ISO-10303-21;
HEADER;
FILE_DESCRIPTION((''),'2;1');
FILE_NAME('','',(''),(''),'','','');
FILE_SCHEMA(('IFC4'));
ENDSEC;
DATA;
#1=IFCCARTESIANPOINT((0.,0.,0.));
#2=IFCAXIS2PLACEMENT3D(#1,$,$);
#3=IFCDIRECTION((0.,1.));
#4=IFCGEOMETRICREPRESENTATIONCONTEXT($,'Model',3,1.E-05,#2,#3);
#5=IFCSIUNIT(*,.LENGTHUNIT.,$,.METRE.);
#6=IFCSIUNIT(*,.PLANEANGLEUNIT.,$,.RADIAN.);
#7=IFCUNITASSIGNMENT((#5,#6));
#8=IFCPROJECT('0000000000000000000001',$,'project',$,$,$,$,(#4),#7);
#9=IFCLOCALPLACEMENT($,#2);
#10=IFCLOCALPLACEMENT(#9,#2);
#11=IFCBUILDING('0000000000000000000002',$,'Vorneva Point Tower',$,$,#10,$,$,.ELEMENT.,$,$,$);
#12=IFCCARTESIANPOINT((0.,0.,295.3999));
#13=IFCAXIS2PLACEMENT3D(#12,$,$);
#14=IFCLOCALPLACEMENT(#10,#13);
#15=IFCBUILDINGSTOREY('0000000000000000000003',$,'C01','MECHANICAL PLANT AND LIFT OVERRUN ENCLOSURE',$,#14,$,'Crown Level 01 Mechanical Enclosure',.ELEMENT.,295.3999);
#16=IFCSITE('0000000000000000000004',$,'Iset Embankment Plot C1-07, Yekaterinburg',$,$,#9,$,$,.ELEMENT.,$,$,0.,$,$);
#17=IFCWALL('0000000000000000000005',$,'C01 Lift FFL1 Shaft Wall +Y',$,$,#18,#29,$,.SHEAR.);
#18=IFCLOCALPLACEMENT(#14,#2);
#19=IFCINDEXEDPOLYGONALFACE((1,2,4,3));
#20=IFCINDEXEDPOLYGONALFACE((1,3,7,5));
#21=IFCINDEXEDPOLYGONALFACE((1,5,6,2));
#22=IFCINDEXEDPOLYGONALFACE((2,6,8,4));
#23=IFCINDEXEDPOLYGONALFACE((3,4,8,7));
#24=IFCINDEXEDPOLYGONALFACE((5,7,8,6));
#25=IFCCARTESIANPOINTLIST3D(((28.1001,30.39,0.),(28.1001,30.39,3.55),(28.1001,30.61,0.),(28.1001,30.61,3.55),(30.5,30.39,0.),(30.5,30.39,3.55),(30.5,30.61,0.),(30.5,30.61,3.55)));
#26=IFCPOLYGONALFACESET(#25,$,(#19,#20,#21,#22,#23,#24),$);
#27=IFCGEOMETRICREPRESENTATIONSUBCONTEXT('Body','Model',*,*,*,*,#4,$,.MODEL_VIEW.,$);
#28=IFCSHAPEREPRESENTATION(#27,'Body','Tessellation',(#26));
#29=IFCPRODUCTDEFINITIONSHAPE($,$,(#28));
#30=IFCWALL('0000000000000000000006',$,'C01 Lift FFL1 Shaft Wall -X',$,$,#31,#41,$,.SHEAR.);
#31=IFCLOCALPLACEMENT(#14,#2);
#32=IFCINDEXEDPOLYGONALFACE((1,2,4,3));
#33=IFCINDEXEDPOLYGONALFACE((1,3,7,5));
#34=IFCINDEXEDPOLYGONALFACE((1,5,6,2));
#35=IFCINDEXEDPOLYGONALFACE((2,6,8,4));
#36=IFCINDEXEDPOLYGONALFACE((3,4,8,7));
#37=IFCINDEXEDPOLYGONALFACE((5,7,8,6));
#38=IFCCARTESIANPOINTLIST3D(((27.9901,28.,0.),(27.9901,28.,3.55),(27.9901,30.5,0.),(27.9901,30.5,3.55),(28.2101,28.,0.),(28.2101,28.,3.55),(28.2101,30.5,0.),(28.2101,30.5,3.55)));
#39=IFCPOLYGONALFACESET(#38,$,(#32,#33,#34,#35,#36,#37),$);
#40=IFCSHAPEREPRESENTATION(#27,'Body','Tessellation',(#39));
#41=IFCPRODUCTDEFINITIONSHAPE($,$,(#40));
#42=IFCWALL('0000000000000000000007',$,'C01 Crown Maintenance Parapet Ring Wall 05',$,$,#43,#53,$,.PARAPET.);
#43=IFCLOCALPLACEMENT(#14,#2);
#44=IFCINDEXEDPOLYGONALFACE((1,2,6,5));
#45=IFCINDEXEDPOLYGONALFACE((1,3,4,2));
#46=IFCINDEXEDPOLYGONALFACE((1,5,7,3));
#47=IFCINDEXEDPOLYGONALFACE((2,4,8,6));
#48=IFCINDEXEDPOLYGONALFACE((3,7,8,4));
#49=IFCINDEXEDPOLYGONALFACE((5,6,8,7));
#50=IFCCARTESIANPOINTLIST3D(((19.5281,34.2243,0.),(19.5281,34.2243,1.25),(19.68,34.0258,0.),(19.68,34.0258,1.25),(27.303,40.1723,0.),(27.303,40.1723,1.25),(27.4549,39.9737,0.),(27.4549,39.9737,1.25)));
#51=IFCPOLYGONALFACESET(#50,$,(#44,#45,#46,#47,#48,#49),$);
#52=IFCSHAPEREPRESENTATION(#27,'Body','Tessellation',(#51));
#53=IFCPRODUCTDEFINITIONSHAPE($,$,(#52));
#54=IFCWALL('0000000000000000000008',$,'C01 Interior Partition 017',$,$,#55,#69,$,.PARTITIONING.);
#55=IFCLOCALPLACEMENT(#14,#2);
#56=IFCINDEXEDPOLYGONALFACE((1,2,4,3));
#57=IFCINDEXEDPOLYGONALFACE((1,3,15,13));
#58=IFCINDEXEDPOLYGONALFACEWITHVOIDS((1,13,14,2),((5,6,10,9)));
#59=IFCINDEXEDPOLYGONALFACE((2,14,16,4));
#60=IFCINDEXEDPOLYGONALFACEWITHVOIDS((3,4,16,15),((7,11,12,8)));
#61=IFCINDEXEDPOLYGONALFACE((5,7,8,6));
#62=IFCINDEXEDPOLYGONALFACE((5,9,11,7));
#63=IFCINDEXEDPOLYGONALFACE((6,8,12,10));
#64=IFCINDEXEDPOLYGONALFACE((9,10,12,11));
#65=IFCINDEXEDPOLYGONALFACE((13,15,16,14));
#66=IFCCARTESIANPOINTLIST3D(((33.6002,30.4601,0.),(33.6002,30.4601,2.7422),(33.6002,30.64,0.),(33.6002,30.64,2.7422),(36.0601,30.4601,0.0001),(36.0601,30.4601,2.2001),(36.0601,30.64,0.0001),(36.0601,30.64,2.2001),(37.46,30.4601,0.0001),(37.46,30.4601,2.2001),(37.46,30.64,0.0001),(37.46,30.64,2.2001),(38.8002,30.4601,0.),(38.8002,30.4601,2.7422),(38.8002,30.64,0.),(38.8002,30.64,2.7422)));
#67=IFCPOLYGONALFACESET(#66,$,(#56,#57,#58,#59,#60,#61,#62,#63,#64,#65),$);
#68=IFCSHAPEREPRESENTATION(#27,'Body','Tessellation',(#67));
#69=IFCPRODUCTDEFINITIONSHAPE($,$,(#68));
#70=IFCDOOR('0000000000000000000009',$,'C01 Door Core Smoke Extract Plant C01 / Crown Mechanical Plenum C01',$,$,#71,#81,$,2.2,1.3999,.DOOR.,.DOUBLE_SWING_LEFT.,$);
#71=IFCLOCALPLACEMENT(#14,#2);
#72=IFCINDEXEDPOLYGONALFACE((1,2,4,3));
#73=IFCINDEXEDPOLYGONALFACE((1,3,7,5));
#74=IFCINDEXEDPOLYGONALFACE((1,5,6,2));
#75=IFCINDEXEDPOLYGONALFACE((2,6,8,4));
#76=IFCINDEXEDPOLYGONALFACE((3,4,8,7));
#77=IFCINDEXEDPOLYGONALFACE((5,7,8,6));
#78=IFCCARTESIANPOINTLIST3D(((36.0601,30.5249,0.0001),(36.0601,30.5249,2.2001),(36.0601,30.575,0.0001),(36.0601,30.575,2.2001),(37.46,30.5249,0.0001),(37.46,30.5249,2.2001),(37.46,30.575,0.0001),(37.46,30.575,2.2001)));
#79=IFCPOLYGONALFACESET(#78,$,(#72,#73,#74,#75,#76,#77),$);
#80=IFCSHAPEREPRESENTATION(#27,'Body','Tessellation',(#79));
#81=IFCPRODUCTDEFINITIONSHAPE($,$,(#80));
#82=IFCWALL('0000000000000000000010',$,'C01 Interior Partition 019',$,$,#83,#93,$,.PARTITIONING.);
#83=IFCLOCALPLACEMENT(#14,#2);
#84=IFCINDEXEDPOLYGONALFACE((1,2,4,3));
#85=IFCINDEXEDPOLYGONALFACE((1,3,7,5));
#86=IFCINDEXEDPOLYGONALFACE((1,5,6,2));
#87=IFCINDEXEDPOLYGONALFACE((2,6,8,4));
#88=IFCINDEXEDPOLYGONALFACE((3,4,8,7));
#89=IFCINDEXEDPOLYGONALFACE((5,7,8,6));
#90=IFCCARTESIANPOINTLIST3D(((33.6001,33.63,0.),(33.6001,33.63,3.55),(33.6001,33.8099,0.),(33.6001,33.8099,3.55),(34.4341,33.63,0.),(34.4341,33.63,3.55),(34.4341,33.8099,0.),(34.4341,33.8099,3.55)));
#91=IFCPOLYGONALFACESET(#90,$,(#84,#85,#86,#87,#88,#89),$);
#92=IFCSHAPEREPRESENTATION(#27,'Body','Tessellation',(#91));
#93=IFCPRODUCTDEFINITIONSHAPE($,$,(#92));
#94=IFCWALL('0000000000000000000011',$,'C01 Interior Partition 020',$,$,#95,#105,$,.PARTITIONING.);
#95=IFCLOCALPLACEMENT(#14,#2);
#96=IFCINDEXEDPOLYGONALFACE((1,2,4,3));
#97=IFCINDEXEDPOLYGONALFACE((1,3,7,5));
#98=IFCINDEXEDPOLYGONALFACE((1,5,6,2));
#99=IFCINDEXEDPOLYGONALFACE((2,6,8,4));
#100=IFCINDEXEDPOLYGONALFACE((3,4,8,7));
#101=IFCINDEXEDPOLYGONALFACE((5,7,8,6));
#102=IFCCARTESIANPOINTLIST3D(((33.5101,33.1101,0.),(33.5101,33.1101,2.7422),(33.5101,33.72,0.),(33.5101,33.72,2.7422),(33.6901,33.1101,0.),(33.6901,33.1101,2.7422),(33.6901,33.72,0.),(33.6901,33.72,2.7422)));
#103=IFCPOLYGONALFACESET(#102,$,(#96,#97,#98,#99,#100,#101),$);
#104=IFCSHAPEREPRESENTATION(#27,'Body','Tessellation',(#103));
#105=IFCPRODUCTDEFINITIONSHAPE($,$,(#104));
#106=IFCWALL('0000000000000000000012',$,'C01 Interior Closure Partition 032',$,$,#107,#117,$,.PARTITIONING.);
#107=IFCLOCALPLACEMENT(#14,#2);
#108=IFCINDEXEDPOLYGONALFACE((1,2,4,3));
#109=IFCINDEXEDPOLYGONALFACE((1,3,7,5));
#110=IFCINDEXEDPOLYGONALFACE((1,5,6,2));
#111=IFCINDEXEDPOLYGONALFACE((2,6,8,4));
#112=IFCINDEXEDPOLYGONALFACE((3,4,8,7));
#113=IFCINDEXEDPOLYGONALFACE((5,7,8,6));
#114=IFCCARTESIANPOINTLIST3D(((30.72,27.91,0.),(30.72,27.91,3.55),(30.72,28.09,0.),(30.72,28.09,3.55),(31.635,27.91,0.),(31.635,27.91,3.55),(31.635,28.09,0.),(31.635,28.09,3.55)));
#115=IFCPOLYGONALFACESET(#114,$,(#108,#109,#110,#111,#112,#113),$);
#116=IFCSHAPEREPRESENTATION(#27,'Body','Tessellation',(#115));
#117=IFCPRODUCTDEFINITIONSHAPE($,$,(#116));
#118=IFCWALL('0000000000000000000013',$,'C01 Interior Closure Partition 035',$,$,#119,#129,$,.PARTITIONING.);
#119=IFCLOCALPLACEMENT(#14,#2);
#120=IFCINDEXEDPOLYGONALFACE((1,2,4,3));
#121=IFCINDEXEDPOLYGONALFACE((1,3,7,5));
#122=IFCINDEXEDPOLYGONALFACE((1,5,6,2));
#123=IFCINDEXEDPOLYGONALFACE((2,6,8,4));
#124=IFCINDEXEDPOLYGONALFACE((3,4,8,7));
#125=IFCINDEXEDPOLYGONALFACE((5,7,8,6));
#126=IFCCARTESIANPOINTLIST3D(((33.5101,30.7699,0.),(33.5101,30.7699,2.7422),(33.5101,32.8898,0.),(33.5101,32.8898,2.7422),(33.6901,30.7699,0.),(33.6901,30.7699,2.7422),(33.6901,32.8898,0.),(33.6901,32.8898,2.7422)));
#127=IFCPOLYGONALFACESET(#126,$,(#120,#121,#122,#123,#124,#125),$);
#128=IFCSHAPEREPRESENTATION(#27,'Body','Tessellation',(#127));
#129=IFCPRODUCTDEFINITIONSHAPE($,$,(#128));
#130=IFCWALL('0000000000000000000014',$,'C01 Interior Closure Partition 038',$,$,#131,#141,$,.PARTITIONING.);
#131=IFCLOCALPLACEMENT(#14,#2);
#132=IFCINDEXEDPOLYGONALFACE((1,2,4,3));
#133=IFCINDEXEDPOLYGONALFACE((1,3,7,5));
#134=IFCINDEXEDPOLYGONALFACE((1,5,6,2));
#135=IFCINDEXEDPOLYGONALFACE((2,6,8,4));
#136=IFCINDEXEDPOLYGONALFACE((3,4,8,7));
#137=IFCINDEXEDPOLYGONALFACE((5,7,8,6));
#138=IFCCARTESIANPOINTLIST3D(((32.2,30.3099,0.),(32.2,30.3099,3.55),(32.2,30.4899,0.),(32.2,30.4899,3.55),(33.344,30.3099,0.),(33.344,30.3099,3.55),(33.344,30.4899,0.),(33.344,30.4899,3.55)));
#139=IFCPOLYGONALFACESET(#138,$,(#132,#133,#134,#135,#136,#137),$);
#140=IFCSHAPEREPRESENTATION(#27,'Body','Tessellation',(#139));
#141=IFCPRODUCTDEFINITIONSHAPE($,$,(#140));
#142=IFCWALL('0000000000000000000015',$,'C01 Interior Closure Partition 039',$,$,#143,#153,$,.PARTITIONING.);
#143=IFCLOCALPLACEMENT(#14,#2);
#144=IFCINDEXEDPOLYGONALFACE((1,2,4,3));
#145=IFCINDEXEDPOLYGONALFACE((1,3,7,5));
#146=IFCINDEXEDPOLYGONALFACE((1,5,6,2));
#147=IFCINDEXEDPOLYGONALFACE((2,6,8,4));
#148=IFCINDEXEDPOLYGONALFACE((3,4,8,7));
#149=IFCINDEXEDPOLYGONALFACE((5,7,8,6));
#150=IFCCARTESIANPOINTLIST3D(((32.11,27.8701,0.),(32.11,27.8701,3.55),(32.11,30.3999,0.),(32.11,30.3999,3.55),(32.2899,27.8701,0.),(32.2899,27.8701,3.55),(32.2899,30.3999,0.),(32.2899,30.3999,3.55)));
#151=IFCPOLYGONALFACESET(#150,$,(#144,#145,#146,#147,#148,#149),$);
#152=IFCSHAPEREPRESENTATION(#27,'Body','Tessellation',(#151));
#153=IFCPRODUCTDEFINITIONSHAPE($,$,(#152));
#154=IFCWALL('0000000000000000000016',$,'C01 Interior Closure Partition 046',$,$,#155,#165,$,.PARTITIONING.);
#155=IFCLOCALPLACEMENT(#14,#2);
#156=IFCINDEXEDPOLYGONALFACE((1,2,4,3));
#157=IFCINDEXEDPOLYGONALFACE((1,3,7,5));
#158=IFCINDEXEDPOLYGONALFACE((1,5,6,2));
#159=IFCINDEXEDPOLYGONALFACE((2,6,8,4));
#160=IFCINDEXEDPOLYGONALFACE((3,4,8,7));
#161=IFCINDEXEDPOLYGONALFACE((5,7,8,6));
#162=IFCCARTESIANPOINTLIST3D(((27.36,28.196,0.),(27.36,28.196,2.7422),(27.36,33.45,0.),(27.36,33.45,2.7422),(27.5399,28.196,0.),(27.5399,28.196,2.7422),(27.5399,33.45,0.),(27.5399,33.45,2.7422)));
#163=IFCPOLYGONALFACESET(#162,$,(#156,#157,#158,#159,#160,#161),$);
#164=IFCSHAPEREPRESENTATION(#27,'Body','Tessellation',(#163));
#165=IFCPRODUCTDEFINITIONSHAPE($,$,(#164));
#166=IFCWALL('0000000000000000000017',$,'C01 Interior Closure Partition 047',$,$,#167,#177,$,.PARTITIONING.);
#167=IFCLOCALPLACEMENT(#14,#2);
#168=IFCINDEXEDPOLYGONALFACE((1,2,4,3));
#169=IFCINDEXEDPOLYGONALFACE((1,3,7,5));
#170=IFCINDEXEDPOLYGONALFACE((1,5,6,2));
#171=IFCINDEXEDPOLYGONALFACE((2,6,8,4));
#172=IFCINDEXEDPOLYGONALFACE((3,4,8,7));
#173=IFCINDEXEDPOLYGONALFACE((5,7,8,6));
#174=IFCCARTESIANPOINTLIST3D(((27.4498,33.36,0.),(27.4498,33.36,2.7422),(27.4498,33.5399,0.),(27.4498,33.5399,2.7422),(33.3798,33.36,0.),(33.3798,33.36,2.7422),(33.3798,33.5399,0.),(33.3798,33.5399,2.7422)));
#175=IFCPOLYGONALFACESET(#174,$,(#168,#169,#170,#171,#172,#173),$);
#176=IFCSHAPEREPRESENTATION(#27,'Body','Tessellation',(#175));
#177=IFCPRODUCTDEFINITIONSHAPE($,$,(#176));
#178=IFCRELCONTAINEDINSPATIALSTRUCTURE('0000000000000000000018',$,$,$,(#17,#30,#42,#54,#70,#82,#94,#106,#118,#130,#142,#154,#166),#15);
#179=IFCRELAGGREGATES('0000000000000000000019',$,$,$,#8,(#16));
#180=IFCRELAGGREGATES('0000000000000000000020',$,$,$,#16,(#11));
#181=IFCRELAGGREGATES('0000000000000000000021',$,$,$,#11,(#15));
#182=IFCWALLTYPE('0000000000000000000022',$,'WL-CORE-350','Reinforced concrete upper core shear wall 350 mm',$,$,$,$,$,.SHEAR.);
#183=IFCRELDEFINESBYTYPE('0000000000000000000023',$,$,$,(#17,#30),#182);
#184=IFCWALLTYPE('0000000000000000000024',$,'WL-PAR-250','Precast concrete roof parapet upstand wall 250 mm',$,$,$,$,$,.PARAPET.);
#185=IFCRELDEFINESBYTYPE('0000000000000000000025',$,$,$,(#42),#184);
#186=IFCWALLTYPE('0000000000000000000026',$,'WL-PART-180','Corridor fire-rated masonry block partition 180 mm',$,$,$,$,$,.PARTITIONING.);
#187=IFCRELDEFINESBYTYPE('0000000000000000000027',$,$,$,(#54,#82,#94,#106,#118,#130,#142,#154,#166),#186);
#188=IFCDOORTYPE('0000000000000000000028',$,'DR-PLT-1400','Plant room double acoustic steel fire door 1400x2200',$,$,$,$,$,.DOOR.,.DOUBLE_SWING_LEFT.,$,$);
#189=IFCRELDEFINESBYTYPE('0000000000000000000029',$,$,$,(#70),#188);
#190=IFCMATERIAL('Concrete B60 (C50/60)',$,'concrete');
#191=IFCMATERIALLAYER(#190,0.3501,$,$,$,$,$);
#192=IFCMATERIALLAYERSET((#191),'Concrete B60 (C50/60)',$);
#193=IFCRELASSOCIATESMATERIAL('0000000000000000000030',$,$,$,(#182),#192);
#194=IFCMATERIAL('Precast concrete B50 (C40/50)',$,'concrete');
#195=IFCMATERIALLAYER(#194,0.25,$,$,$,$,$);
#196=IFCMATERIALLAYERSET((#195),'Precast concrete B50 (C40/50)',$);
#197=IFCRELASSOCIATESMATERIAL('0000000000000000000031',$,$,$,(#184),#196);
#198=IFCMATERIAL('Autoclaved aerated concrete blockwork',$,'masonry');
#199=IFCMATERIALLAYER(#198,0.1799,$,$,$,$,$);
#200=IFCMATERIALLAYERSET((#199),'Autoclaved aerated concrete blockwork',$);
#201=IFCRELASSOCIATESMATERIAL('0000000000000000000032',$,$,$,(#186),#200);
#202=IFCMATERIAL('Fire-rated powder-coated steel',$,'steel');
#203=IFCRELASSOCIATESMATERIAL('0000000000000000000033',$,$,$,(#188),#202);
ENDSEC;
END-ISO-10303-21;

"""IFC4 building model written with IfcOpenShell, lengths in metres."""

from ifc_helpers import new_model, si_unit, direction, frame, frame_2d, origin, place, context, subcontext, project, spatial, rectangle, extrude, material, layer, layer_set, type_object, element, fill, save


model = new_model("IFC4")

# Units and contexts
model_context = context("Model", 3, precision=1e-05, world=origin(), true_north=direction((0.0, 1.0)))
body_context = subcontext(model_context, "Body", "Model", "MODEL_VIEW")
ifc_project = project(units=[si_unit("LENGTHUNIT", "METRE"), si_unit("PLANEANGLEUNIT", "RADIAN")], contexts=[model_context])

# Site, building, storey
site_placement = place(None, origin())
site = spatial("IfcSite", under=ifc_project, at=site_placement, Name="Iset Embankment Plot C1-07, Yekaterinburg", CompositionType="ELEMENT", RefElevation=0.0)
building_placement = place(site_placement, origin())
building = spatial("IfcBuilding", under=site, at=building_placement, Name="Vorneva Point Tower", CompositionType="ELEMENT")
storey_placement = place(building_placement, frame((0.0, 0.0, 295.3999)))
storey = spatial("IfcBuildingStorey", under=building, at=storey_placement, Name="C01", Description="MECHANICAL PLANT AND LIFT OVERRUN ENCLOSURE", LongName="Crown Level 01 Mechanical Enclosure", CompositionType="ELEMENT", Elevation=295.3999)

# Shared definitions
ifc_material_1 = material(Name="Concrete B60 (C50/60)", Category="concrete")
ifc_layer_1 = layer(ifc_material_1, 0.3501)
ifc_layer_set_1 = layer_set([ifc_layer_1], Name="Concrete B60 (C50/60)")
wall_type_1 = type_object("IfcWallType", Name="WL-CORE-350", Description="Reinforced concrete upper core shear wall 350 mm", PredefinedType="SHEAR", material=ifc_layer_set_1)

# Walls
wall_1_placement = place(storey_placement, frame((30.5, 30.5, 0.0), z_axis=(0.0, 0.0, 1.0), x_axis=(-1.0, 0.0, 0.0)))
element("IfcWall", 1, at=wall_1_placement, inside=storey, type_object=wall_type_1, Name="C01 Lift FFL1 Shaft Wall +Y", PredefinedType="SHEAR", context=body_context, shape_type="SweptSolid", body=[
    extrude(rectangle(XDim=2.3999, YDim=0.22, at=frame_2d((1.2, 0.0))), origin(), (0.0, 0.0, 1.0), 3.55),
])
wall_2_placement = place(storey_placement, frame((28.1001, 30.5, 0.0), z_axis=(0.0, 0.0, 1.0), x_axis=(0.0, -1.0, 0.0)))
element("IfcWall", 2, at=wall_2_placement, inside=storey, type_object=wall_type_1, Name="C01 Lift FFL1 Shaft Wall -X", PredefinedType="SHEAR", context=body_context, shape_type="SweptSolid", body=[
    extrude(rectangle(XDim=2.5, YDim=0.22, at=frame_2d((1.25, 0.0))), origin(), (0.0, 0.0, 1.0), 3.55),
])
ifc_material_2 = material(Name="Precast concrete B50 (C40/50)", Category="concrete")
ifc_layer_2 = layer(ifc_material_2, 0.25)
ifc_layer_set_2 = layer_set([ifc_layer_2], Name="Precast concrete B50 (C40/50)")
wall_type_2 = type_object("IfcWallType", Name="WL-PAR-250", Description="Precast concrete roof parapet upstand wall 250 mm", PredefinedType="PARAPET", material=ifc_layer_set_2)
wall_3_placement = place(storey_placement, frame((27.3789, 40.073, 0.0), z_axis=(0.0, 0.0, 1.0), x_axis=(-0.794235, -0.60761, 0.0)))
element("IfcWall", 3, at=wall_3_placement, inside=storey, type_object=wall_type_2, Name="C01 Crown Maintenance Parapet Ring Wall 05", PredefinedType="PARAPET", context=body_context, shape_type="SweptSolid", body=[
    extrude(rectangle(XDim=9.7891, YDim=0.25, at=frame_2d((4.8945, 0.0))), origin(), (0.0, 0.0, 1.0), 1.25),
])

# Wall, opening, door
ifc_material_3 = material(Name="Autoclaved aerated concrete blockwork", Category="masonry")
ifc_layer_3 = layer(ifc_material_3, 0.1799)
ifc_layer_set_3 = layer_set([ifc_layer_3], Name="Autoclaved aerated concrete blockwork")
wall_type_3 = type_object("IfcWallType", Name="WL-PART-180", Description="Corridor fire-rated masonry block partition 180 mm", PredefinedType="PARTITIONING", material=ifc_layer_set_3)
ifc_material_4 = material(Name="Fire-rated powder-coated steel", Category="steel")
wall_4_placement = place(storey_placement, frame((33.6001, 30.55, 0.0), z_axis=(0.0, 0.0, 1.0), x_axis=(1.0, 0.0, 0.0)))
wall_4 = element("IfcWall", 4, at=wall_4_placement, inside=storey, type_object=wall_type_3, Name="C01 Interior Partition 017", PredefinedType="PARTITIONING", context=body_context, shape_type="SweptSolid", body=[
    extrude(rectangle(XDim=5.2, YDim=0.1799, at=frame_2d((2.6001, 0.0))), origin(), (0.0, 0.0, 1.0), 2.7422),
])
opening_1_placement = place(wall_4_placement, frame((2.46, 0.0, 0.0)))
opening_1 = element("IfcOpeningElement", 5, at=opening_1_placement, cuts=wall_4, PredefinedType="OPENING", context=body_context, shape_type="SweptSolid", body=[
    extrude(rectangle(XDim=1.3999, YDim=2.2, at=frame_2d((0.7, 1.1001))), frame((0.0, 0.105, 0.0), z_axis=(0.0, -1.0, 0.0), x_axis=(1.0, 0.0, 0.0)), (0.0, 0.0, 1.0), 0.2097),
])
door_type_1 = type_object("IfcDoorType", Name="DR-PLT-1400", Description="Plant room double acoustic steel fire door 1400x2200", OperationType="DOUBLE_SWING_LEFT", PredefinedType="DOOR", material=ifc_material_4)
door_1_placement = place(opening_1_placement, origin())
door_1 = element("IfcDoor", 6, at=door_1_placement, inside=storey, type_object=door_type_1, Name="C01 Door Core Smoke Extract Plant C01 / Crown Mechanical Plenum C01", OperationType="DOUBLE_SWING_LEFT", OverallHeight=2.2, OverallWidth=1.3999, PredefinedType="DOOR", context=body_context, shape_type="SweptSolid", body=[
    extrude(rectangle(XDim=1.3999, YDim=2.2, at=frame_2d((0.7, 1.1001))), frame((0.0, 0.0249, 0.0), z_axis=(0.0, -1.0, 0.0), x_axis=(1.0, 0.0, 0.0)), (0.0, 0.0, 1.0), 0.05),
])
fill(opening_1, door_1)

# Walls
wall_5_placement = place(storey_placement, frame((34.4341, 33.72, 0.0), z_axis=(0.0, 0.0, 1.0), x_axis=(-1.0, 0.0, 0.0)))
element("IfcWall", 7, at=wall_5_placement, inside=storey, type_object=wall_type_3, Name="C01 Interior Partition 019", PredefinedType="PARTITIONING", context=body_context, shape_type="SweptSolid", body=[
    extrude(rectangle(XDim=0.834, YDim=0.1799, at=frame_2d((0.417, 0.0))), origin(), (0.0, 0.0, 1.0), 3.55),
])
wall_6_placement = place(storey_placement, frame((33.6001, 33.72, 0.0), z_axis=(0.0, 0.0, 1.0), x_axis=(0.0, -1.0, 0.0)))
element("IfcWall", 8, at=wall_6_placement, inside=storey, type_object=wall_type_3, Name="C01 Interior Partition 020", PredefinedType="PARTITIONING", context=body_context, shape_type="SweptSolid", body=[
    extrude(rectangle(XDim=0.6099, YDim=0.1799, at=frame_2d((0.3049, 0.0))), origin(), (0.0, 0.0, 1.0), 2.7422),
])
wall_7_placement = place(storey_placement, frame((31.635, 28.0, 0.0), z_axis=(0.0, 0.0, 1.0), x_axis=(-1.0, 0.0, 0.0)))
element("IfcWall", 9, at=wall_7_placement, inside=storey, type_object=wall_type_3, Name="C01 Interior Closure Partition 032", PredefinedType="PARTITIONING", context=body_context, shape_type="SweptSolid", body=[
    extrude(rectangle(XDim=0.915, YDim=0.1799, at=frame_2d((0.4575, 0.0))), origin(), (0.0, 0.0, 1.0), 3.55),
])
wall_8_placement = place(storey_placement, frame((33.6001, 32.8899, 0.0), z_axis=(0.0, 0.0, 1.0), x_axis=(0.0, -1.0, 0.0)))
element("IfcWall", 10, at=wall_8_placement, inside=storey, type_object=wall_type_3, Name="C01 Interior Closure Partition 035", PredefinedType="PARTITIONING", context=body_context, shape_type="SweptSolid", body=[
    extrude(rectangle(XDim=2.1199, YDim=0.1799, at=frame_2d((1.0601, 0.0))), origin(), (0.0, 0.0, 1.0), 2.7422),
])
wall_9_placement = place(storey_placement, frame((33.344, 30.3999, 0.0), z_axis=(0.0, 0.0, 1.0), x_axis=(-1.0, 0.0, 0.0)))
element("IfcWall", 11, at=wall_9_placement, inside=storey, type_object=wall_type_3, Name="C01 Interior Closure Partition 038", PredefinedType="PARTITIONING", context=body_context, shape_type="SweptSolid", body=[
    extrude(rectangle(XDim=1.144, YDim=0.1799, at=frame_2d((0.572, 0.0))), origin(), (0.0, 0.0, 1.0), 3.55),
])
wall_10_placement = place(storey_placement, frame((32.2, 30.3999, 0.0), z_axis=(0.0, 0.0, 1.0), x_axis=(0.0, -1.0, 0.0)))
element("IfcWall", 12, at=wall_10_placement, inside=storey, type_object=wall_type_3, Name="C01 Interior Closure Partition 039", PredefinedType="PARTITIONING", context=body_context, shape_type="SweptSolid", body=[
    extrude(rectangle(XDim=2.5298, YDim=0.1799, at=frame_2d((1.2649, 0.0))), origin(), (0.0, 0.0, 1.0), 3.55),
])
wall_11_placement = place(storey_placement, frame((27.45, 28.196, 0.0), z_axis=(0.0, 0.0, 1.0), x_axis=(0.0, 1.0, 0.0)))
element("IfcWall", 13, at=wall_11_placement, inside=storey, type_object=wall_type_3, Name="C01 Interior Closure Partition 046", PredefinedType="PARTITIONING", context=body_context, shape_type="SweptSolid", body=[
    extrude(rectangle(XDim=5.2539, YDim=0.1799, at=frame_2d((2.627, 0.0))), origin(), (0.0, 0.0, 1.0), 2.7422),
])
wall_12_placement = place(storey_placement, frame((27.45, 33.45, 0.0), z_axis=(0.0, 0.0, 1.0), x_axis=(1.0, 0.0, 0.0)))
element("IfcWall", 14, at=wall_12_placement, inside=storey, type_object=wall_type_3, Name="C01 Interior Closure Partition 047", PredefinedType="PARTITIONING", context=body_context, shape_type="SweptSolid", body=[
    extrude(rectangle(XDim=5.9299, YDim=0.1799, at=frame_2d((2.9648, 0.0))), origin(), (0.0, 0.0, 1.0), 2.7422),
])

save(model, "model.ifc")
